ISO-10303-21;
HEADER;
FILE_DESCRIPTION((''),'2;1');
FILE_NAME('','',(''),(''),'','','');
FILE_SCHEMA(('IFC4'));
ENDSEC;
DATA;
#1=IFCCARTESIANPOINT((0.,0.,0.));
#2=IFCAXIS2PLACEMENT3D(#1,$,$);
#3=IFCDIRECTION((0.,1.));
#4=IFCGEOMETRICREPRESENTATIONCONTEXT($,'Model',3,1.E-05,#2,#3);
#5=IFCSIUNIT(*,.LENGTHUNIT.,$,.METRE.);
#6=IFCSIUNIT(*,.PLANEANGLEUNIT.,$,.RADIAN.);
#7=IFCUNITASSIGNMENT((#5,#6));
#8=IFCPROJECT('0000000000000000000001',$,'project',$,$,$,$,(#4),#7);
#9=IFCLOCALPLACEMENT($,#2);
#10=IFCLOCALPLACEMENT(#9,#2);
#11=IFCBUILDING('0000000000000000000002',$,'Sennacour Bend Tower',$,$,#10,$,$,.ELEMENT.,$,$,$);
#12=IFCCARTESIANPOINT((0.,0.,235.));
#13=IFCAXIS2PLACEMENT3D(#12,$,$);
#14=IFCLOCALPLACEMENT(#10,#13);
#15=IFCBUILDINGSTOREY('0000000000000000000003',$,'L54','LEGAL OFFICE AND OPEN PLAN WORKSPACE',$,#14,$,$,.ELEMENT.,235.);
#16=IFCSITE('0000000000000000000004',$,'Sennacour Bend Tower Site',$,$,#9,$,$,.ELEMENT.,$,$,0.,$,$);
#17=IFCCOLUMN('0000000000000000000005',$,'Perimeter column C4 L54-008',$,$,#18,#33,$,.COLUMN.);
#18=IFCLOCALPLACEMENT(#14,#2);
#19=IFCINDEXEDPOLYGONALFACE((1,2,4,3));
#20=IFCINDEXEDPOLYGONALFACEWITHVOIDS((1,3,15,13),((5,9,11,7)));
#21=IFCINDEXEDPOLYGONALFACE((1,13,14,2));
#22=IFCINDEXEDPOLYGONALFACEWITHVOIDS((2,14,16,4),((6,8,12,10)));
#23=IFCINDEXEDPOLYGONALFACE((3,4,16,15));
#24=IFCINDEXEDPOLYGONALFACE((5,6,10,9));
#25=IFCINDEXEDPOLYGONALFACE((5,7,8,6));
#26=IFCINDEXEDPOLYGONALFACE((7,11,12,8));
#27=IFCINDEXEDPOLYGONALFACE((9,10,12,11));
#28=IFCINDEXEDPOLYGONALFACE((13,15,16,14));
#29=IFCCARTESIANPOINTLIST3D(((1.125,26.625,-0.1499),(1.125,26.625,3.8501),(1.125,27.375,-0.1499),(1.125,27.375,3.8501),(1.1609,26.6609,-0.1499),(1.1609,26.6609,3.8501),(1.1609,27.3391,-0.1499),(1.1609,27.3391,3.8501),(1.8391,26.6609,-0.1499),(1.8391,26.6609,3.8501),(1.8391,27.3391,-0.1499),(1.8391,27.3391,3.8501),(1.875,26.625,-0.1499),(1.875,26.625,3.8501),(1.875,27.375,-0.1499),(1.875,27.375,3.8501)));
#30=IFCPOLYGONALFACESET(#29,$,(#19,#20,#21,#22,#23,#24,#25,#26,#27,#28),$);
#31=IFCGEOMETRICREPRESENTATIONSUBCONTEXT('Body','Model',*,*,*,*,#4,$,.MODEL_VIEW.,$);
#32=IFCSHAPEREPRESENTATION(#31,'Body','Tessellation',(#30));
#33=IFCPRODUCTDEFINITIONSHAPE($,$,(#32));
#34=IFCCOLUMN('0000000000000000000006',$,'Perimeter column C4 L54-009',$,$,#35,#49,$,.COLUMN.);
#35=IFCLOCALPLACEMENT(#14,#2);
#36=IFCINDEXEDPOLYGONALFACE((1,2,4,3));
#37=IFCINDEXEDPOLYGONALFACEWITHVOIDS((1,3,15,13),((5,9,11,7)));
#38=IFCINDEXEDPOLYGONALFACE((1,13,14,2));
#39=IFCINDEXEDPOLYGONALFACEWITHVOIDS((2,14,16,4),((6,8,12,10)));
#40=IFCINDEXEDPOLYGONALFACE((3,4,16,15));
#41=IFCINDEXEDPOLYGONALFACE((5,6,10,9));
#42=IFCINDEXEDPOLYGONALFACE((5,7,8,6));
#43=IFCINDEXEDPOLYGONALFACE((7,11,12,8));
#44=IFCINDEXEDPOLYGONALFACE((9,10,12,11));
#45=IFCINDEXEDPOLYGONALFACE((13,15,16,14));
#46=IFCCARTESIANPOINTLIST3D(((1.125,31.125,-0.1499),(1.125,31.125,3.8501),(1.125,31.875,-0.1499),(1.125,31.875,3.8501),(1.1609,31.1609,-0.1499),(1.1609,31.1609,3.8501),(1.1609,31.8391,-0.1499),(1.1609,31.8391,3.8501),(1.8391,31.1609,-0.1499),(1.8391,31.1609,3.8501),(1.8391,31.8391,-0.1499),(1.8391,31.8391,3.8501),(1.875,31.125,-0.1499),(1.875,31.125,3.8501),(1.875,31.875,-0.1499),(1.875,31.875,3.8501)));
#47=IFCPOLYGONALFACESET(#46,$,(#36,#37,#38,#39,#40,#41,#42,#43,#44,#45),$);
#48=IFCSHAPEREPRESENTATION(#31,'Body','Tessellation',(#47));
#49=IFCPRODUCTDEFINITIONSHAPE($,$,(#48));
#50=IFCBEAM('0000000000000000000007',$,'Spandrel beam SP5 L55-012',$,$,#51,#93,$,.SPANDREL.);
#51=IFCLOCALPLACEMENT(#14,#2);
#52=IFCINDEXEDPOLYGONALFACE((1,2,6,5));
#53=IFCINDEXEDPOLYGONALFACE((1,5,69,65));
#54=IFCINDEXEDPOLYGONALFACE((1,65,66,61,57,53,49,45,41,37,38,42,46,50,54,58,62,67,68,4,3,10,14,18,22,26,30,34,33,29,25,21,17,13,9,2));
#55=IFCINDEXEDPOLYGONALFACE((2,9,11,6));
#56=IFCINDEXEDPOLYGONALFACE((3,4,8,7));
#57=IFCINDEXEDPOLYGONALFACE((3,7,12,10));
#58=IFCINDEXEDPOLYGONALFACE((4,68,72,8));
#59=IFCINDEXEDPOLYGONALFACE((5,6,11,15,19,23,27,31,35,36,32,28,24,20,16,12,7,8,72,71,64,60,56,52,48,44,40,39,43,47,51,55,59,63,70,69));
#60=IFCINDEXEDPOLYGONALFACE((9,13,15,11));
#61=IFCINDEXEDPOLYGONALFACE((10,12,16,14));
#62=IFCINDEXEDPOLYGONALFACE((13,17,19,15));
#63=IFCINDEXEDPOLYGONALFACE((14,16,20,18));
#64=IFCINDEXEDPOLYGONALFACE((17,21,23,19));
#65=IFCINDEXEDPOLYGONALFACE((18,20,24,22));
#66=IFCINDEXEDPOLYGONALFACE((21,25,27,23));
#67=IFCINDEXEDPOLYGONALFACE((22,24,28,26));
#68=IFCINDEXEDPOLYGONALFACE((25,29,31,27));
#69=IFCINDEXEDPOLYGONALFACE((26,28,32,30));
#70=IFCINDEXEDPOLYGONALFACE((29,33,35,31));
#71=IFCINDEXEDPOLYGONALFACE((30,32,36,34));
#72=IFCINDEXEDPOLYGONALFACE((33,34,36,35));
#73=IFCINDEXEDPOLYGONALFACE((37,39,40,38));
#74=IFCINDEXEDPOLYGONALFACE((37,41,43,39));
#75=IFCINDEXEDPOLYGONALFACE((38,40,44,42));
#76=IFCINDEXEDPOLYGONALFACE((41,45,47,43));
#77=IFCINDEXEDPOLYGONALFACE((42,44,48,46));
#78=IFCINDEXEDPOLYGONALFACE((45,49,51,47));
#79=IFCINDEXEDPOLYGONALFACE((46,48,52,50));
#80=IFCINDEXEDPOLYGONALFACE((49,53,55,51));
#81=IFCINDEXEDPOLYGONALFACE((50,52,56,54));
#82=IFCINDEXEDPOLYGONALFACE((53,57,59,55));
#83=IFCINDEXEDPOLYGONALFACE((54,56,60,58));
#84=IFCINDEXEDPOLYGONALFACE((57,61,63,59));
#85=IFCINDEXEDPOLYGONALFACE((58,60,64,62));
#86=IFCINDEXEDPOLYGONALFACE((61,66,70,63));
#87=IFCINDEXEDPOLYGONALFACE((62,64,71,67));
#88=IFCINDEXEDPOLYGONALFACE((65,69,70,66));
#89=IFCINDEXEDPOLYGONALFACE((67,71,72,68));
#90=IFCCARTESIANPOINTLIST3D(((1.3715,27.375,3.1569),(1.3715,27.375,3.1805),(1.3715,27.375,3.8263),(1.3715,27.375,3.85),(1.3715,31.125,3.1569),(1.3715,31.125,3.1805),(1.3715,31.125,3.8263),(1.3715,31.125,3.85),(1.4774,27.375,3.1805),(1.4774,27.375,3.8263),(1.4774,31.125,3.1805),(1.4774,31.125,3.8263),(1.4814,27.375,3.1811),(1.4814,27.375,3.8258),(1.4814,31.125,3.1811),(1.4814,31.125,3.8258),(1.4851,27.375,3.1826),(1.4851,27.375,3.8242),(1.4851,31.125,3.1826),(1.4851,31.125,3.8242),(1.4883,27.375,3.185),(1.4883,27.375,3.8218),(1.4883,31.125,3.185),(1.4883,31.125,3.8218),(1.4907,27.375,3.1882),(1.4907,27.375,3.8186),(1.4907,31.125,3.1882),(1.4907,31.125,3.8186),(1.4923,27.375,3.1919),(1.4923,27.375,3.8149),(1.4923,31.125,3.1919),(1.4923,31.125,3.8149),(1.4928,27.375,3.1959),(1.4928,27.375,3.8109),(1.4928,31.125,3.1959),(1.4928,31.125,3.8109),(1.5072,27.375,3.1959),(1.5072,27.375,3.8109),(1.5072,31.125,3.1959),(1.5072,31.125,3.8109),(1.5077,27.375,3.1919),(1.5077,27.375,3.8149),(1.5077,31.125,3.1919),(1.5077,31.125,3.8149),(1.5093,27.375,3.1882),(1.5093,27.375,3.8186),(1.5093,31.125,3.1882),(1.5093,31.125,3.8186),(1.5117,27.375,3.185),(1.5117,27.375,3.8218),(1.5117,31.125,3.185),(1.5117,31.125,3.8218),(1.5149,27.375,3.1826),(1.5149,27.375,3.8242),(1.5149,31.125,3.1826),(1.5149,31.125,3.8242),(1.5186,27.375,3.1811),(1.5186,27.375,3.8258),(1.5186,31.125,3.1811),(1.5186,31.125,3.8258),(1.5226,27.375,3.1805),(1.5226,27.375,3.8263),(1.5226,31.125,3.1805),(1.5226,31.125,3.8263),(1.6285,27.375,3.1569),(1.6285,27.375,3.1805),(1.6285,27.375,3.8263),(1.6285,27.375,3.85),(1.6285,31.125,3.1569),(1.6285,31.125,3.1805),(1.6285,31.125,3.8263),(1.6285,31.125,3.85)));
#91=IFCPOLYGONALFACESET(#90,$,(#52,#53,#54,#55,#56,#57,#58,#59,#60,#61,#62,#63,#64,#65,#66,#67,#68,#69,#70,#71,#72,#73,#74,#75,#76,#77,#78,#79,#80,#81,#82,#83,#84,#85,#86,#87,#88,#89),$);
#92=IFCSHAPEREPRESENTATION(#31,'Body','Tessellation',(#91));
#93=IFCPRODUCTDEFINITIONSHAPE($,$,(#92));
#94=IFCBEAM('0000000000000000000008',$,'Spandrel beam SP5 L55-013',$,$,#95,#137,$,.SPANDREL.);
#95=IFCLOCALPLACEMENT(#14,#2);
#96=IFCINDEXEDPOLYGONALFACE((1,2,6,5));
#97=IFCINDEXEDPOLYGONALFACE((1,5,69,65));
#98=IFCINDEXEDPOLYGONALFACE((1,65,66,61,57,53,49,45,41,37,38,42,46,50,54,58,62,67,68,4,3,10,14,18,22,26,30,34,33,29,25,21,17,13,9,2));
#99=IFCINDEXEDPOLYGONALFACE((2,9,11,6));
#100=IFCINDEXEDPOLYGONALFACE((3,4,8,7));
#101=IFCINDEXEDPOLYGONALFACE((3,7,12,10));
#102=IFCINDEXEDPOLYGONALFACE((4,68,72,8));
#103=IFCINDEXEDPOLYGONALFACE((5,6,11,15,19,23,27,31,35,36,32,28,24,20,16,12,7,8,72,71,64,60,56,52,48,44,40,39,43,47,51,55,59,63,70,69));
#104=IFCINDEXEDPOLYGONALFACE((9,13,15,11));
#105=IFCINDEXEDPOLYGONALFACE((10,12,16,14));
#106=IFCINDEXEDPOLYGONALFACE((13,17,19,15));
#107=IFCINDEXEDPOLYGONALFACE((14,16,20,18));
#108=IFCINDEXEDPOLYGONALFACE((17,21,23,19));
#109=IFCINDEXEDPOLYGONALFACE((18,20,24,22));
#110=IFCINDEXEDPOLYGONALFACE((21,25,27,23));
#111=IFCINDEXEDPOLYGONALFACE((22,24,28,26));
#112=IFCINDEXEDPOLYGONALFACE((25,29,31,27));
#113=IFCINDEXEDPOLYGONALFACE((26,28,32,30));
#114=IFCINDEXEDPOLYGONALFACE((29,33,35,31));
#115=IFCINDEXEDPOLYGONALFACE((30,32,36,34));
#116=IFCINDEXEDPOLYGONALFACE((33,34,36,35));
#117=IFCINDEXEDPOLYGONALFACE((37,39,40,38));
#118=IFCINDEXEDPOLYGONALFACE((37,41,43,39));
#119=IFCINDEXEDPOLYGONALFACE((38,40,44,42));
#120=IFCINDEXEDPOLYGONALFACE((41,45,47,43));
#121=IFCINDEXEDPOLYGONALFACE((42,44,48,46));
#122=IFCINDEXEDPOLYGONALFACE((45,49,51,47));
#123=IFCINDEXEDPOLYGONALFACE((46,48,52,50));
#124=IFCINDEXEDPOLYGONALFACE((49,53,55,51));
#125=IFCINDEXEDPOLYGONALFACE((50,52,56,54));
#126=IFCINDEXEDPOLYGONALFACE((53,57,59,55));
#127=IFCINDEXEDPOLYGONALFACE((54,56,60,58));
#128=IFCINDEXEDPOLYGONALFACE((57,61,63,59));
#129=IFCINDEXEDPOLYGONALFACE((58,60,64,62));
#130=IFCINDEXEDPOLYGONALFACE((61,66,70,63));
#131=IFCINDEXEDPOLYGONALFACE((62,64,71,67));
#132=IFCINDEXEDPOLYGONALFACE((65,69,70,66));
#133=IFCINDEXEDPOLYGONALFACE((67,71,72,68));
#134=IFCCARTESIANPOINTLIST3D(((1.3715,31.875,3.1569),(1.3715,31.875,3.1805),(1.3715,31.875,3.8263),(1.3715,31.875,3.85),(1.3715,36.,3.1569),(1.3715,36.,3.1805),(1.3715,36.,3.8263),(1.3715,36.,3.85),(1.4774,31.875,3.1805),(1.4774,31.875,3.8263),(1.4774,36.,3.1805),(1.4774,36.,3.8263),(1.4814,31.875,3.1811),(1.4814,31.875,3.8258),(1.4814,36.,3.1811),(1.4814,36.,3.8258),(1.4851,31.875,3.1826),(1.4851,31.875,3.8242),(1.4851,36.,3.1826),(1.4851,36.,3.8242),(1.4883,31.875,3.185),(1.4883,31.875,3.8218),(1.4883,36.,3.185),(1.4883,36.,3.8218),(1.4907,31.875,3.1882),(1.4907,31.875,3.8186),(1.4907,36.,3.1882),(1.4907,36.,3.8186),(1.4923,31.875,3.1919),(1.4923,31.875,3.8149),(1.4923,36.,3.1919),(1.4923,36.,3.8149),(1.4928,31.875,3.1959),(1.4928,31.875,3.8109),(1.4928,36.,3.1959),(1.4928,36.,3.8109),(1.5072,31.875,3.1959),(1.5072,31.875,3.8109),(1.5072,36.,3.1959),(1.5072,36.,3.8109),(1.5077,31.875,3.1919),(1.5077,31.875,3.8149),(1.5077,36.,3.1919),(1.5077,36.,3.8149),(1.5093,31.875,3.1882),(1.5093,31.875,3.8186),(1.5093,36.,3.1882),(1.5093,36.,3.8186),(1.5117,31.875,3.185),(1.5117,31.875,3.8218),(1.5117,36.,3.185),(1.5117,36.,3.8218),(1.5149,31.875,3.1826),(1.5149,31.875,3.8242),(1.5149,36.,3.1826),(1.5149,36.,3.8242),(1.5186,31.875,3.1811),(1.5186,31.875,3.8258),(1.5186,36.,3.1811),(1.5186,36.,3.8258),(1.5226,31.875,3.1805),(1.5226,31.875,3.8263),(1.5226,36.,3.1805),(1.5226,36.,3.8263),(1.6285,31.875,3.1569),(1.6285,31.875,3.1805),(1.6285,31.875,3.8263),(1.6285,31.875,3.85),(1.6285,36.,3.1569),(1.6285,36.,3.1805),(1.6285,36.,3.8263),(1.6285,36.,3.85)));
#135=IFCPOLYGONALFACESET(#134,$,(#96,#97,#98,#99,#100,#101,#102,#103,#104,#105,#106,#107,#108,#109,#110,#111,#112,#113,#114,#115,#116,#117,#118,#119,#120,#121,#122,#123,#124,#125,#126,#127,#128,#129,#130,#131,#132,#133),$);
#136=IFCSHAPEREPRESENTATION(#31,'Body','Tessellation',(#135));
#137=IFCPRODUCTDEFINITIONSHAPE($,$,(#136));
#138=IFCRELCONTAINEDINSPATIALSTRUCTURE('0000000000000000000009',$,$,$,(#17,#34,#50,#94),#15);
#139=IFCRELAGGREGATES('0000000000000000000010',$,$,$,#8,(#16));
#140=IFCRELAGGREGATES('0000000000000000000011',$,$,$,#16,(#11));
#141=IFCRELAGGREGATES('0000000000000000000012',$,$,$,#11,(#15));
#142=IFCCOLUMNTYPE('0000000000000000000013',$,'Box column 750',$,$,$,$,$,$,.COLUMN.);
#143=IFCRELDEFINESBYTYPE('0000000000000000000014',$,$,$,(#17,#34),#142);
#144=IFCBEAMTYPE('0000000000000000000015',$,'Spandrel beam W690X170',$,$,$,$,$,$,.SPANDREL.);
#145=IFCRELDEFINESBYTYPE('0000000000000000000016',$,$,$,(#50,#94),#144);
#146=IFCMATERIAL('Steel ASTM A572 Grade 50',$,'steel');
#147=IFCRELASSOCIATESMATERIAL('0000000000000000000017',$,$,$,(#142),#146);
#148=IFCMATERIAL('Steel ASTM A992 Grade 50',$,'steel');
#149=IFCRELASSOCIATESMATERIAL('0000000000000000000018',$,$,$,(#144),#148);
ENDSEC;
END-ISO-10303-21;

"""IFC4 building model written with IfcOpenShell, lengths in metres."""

from ifc_helpers import new_model, si_unit, direction, frame, origin, origin_2d, place, context, subcontext, project, spatial, hollow_rectangle, i_section, extrude, material, material_profile, profile_set, type_object, element, save


model = new_model("IFC4")

# Units and contexts
model_context = context("Model", 3, precision=1e-05, world=origin(), true_north=direction((0.0, 1.0)))
body_context = subcontext(model_context, "Body", "Model", "MODEL_VIEW")
ifc_project = project(units=[si_unit("LENGTHUNIT", "METRE"), si_unit("PLANEANGLEUNIT", "RADIAN")], contexts=[model_context])

# Site, building, storey
site_placement = place(None, origin())
site = spatial("IfcSite", under=ifc_project, at=site_placement, Name="Sennacour Bend Tower Site", CompositionType="ELEMENT", RefElevation=0.0)
building_placement = place(site_placement, origin())
building = spatial("IfcBuilding", under=site, at=building_placement, Name="Sennacour Bend Tower", CompositionType="ELEMENT")
storey_placement = place(building_placement, frame((0.0, 0.0, 235.0)))
storey = spatial("IfcBuildingStorey", under=building, at=storey_placement, Name="L54", Description="LEGAL OFFICE AND OPEN PLAN WORKSPACE", CompositionType="ELEMENT", Elevation=235.0)

# Columns
ifc_material_1 = material(Name="Steel ASTM A572 Grade 50", Category="steel")
ifc_material_profile_1 = material_profile(ifc_material_1, hollow_rectangle(XDim=0.75, YDim=0.75, WallThickness=0.0359, at=origin_2d()), Name="Steel ASTM A572 Grade 50", Category="steel")
ifc_profile_set_1 = profile_set([ifc_material_profile_1], Name="Steel ASTM A572 Grade 50")
column_type = type_object("IfcColumnType", Name="Box column 750", PredefinedType="COLUMN", material=ifc_profile_set_1)
for number, where, z_axis, x_axis, name in (
    (1, (1.5, 27.0, -0.1499), (0.0, 0.0, 1.0), (1.0, 0.0, 0.0), "Perimeter column C4 L54-008"),
    (2, (1.5, 31.5, -0.1499), (0.0, 0.0, 1.0), (1.0, 0.0, 0.0), "Perimeter column C4 L54-009"),
):
    element("IfcColumn", number, at=place(storey_placement, frame(where, z_axis=z_axis, x_axis=x_axis)), inside=storey, type_object=column_type, Name=name, PredefinedType="COLUMN", context=body_context, shape_type="SweptSolid", body=[
        extrude(hollow_rectangle(XDim=0.75, YDim=0.75, WallThickness=0.0359, at=origin_2d()), origin(), (0.0, 0.0, 1.0), 4.0),
    ])

# Beams
ifc_material_2 = material(Name="Steel ASTM A992 Grade 50", Category="steel")
ifc_material_profile_2 = material_profile(ifc_material_2, i_section(OverallWidth=0.2571, OverallDepth=0.6931, WebThickness=0.0144, FlangeThickness=0.0237, FilletRadius=0.0154, at=origin_2d()), Name="Steel ASTM A992 Grade 50", Category="steel")
ifc_profile_set_2 = profile_set([ifc_material_profile_2], Name="Steel ASTM A992 Grade 50")
beam_type = type_object("IfcBeamType", Name="Spandrel beam W690X170", PredefinedType="SPANDREL", material=ifc_profile_set_2)
beam_1_placement = place(storey_placement, frame((1.5, 27.375, 3.5034), z_axis=(0.0, 1.0, 0.0), x_axis=(-1.0, 0.0, 0.0)))
element("IfcBeam", 3, at=beam_1_placement, inside=storey, type_object=beam_type, Name="Spandrel beam SP5 L55-012", PredefinedType="SPANDREL", context=body_context, shape_type="SweptSolid", body=[
    extrude(i_section(OverallWidth=0.2571, OverallDepth=0.6931, WebThickness=0.0144, FlangeThickness=0.0237, FilletRadius=0.0154, at=origin_2d()), origin(), (0.0, 0.0, 1.0), 3.75),
])
beam_2_placement = place(storey_placement, frame((1.5, 31.875, 3.5034), z_axis=(0.0, 1.0, 0.0), x_axis=(-1.0, 0.0, 0.0)))
element("IfcBeam", 4, at=beam_2_placement, inside=storey, type_object=beam_type, Name="Spandrel beam SP5 L55-013", PredefinedType="SPANDREL", context=body_context, shape_type="SweptSolid", body=[
    extrude(i_section(OverallWidth=0.2571, OverallDepth=0.6931, WebThickness=0.0144, FlangeThickness=0.0237, FilletRadius=0.0154, at=origin_2d()), origin(), (0.0, 0.0, 1.0), 4.125),
])

save(model, "model.ifc")
